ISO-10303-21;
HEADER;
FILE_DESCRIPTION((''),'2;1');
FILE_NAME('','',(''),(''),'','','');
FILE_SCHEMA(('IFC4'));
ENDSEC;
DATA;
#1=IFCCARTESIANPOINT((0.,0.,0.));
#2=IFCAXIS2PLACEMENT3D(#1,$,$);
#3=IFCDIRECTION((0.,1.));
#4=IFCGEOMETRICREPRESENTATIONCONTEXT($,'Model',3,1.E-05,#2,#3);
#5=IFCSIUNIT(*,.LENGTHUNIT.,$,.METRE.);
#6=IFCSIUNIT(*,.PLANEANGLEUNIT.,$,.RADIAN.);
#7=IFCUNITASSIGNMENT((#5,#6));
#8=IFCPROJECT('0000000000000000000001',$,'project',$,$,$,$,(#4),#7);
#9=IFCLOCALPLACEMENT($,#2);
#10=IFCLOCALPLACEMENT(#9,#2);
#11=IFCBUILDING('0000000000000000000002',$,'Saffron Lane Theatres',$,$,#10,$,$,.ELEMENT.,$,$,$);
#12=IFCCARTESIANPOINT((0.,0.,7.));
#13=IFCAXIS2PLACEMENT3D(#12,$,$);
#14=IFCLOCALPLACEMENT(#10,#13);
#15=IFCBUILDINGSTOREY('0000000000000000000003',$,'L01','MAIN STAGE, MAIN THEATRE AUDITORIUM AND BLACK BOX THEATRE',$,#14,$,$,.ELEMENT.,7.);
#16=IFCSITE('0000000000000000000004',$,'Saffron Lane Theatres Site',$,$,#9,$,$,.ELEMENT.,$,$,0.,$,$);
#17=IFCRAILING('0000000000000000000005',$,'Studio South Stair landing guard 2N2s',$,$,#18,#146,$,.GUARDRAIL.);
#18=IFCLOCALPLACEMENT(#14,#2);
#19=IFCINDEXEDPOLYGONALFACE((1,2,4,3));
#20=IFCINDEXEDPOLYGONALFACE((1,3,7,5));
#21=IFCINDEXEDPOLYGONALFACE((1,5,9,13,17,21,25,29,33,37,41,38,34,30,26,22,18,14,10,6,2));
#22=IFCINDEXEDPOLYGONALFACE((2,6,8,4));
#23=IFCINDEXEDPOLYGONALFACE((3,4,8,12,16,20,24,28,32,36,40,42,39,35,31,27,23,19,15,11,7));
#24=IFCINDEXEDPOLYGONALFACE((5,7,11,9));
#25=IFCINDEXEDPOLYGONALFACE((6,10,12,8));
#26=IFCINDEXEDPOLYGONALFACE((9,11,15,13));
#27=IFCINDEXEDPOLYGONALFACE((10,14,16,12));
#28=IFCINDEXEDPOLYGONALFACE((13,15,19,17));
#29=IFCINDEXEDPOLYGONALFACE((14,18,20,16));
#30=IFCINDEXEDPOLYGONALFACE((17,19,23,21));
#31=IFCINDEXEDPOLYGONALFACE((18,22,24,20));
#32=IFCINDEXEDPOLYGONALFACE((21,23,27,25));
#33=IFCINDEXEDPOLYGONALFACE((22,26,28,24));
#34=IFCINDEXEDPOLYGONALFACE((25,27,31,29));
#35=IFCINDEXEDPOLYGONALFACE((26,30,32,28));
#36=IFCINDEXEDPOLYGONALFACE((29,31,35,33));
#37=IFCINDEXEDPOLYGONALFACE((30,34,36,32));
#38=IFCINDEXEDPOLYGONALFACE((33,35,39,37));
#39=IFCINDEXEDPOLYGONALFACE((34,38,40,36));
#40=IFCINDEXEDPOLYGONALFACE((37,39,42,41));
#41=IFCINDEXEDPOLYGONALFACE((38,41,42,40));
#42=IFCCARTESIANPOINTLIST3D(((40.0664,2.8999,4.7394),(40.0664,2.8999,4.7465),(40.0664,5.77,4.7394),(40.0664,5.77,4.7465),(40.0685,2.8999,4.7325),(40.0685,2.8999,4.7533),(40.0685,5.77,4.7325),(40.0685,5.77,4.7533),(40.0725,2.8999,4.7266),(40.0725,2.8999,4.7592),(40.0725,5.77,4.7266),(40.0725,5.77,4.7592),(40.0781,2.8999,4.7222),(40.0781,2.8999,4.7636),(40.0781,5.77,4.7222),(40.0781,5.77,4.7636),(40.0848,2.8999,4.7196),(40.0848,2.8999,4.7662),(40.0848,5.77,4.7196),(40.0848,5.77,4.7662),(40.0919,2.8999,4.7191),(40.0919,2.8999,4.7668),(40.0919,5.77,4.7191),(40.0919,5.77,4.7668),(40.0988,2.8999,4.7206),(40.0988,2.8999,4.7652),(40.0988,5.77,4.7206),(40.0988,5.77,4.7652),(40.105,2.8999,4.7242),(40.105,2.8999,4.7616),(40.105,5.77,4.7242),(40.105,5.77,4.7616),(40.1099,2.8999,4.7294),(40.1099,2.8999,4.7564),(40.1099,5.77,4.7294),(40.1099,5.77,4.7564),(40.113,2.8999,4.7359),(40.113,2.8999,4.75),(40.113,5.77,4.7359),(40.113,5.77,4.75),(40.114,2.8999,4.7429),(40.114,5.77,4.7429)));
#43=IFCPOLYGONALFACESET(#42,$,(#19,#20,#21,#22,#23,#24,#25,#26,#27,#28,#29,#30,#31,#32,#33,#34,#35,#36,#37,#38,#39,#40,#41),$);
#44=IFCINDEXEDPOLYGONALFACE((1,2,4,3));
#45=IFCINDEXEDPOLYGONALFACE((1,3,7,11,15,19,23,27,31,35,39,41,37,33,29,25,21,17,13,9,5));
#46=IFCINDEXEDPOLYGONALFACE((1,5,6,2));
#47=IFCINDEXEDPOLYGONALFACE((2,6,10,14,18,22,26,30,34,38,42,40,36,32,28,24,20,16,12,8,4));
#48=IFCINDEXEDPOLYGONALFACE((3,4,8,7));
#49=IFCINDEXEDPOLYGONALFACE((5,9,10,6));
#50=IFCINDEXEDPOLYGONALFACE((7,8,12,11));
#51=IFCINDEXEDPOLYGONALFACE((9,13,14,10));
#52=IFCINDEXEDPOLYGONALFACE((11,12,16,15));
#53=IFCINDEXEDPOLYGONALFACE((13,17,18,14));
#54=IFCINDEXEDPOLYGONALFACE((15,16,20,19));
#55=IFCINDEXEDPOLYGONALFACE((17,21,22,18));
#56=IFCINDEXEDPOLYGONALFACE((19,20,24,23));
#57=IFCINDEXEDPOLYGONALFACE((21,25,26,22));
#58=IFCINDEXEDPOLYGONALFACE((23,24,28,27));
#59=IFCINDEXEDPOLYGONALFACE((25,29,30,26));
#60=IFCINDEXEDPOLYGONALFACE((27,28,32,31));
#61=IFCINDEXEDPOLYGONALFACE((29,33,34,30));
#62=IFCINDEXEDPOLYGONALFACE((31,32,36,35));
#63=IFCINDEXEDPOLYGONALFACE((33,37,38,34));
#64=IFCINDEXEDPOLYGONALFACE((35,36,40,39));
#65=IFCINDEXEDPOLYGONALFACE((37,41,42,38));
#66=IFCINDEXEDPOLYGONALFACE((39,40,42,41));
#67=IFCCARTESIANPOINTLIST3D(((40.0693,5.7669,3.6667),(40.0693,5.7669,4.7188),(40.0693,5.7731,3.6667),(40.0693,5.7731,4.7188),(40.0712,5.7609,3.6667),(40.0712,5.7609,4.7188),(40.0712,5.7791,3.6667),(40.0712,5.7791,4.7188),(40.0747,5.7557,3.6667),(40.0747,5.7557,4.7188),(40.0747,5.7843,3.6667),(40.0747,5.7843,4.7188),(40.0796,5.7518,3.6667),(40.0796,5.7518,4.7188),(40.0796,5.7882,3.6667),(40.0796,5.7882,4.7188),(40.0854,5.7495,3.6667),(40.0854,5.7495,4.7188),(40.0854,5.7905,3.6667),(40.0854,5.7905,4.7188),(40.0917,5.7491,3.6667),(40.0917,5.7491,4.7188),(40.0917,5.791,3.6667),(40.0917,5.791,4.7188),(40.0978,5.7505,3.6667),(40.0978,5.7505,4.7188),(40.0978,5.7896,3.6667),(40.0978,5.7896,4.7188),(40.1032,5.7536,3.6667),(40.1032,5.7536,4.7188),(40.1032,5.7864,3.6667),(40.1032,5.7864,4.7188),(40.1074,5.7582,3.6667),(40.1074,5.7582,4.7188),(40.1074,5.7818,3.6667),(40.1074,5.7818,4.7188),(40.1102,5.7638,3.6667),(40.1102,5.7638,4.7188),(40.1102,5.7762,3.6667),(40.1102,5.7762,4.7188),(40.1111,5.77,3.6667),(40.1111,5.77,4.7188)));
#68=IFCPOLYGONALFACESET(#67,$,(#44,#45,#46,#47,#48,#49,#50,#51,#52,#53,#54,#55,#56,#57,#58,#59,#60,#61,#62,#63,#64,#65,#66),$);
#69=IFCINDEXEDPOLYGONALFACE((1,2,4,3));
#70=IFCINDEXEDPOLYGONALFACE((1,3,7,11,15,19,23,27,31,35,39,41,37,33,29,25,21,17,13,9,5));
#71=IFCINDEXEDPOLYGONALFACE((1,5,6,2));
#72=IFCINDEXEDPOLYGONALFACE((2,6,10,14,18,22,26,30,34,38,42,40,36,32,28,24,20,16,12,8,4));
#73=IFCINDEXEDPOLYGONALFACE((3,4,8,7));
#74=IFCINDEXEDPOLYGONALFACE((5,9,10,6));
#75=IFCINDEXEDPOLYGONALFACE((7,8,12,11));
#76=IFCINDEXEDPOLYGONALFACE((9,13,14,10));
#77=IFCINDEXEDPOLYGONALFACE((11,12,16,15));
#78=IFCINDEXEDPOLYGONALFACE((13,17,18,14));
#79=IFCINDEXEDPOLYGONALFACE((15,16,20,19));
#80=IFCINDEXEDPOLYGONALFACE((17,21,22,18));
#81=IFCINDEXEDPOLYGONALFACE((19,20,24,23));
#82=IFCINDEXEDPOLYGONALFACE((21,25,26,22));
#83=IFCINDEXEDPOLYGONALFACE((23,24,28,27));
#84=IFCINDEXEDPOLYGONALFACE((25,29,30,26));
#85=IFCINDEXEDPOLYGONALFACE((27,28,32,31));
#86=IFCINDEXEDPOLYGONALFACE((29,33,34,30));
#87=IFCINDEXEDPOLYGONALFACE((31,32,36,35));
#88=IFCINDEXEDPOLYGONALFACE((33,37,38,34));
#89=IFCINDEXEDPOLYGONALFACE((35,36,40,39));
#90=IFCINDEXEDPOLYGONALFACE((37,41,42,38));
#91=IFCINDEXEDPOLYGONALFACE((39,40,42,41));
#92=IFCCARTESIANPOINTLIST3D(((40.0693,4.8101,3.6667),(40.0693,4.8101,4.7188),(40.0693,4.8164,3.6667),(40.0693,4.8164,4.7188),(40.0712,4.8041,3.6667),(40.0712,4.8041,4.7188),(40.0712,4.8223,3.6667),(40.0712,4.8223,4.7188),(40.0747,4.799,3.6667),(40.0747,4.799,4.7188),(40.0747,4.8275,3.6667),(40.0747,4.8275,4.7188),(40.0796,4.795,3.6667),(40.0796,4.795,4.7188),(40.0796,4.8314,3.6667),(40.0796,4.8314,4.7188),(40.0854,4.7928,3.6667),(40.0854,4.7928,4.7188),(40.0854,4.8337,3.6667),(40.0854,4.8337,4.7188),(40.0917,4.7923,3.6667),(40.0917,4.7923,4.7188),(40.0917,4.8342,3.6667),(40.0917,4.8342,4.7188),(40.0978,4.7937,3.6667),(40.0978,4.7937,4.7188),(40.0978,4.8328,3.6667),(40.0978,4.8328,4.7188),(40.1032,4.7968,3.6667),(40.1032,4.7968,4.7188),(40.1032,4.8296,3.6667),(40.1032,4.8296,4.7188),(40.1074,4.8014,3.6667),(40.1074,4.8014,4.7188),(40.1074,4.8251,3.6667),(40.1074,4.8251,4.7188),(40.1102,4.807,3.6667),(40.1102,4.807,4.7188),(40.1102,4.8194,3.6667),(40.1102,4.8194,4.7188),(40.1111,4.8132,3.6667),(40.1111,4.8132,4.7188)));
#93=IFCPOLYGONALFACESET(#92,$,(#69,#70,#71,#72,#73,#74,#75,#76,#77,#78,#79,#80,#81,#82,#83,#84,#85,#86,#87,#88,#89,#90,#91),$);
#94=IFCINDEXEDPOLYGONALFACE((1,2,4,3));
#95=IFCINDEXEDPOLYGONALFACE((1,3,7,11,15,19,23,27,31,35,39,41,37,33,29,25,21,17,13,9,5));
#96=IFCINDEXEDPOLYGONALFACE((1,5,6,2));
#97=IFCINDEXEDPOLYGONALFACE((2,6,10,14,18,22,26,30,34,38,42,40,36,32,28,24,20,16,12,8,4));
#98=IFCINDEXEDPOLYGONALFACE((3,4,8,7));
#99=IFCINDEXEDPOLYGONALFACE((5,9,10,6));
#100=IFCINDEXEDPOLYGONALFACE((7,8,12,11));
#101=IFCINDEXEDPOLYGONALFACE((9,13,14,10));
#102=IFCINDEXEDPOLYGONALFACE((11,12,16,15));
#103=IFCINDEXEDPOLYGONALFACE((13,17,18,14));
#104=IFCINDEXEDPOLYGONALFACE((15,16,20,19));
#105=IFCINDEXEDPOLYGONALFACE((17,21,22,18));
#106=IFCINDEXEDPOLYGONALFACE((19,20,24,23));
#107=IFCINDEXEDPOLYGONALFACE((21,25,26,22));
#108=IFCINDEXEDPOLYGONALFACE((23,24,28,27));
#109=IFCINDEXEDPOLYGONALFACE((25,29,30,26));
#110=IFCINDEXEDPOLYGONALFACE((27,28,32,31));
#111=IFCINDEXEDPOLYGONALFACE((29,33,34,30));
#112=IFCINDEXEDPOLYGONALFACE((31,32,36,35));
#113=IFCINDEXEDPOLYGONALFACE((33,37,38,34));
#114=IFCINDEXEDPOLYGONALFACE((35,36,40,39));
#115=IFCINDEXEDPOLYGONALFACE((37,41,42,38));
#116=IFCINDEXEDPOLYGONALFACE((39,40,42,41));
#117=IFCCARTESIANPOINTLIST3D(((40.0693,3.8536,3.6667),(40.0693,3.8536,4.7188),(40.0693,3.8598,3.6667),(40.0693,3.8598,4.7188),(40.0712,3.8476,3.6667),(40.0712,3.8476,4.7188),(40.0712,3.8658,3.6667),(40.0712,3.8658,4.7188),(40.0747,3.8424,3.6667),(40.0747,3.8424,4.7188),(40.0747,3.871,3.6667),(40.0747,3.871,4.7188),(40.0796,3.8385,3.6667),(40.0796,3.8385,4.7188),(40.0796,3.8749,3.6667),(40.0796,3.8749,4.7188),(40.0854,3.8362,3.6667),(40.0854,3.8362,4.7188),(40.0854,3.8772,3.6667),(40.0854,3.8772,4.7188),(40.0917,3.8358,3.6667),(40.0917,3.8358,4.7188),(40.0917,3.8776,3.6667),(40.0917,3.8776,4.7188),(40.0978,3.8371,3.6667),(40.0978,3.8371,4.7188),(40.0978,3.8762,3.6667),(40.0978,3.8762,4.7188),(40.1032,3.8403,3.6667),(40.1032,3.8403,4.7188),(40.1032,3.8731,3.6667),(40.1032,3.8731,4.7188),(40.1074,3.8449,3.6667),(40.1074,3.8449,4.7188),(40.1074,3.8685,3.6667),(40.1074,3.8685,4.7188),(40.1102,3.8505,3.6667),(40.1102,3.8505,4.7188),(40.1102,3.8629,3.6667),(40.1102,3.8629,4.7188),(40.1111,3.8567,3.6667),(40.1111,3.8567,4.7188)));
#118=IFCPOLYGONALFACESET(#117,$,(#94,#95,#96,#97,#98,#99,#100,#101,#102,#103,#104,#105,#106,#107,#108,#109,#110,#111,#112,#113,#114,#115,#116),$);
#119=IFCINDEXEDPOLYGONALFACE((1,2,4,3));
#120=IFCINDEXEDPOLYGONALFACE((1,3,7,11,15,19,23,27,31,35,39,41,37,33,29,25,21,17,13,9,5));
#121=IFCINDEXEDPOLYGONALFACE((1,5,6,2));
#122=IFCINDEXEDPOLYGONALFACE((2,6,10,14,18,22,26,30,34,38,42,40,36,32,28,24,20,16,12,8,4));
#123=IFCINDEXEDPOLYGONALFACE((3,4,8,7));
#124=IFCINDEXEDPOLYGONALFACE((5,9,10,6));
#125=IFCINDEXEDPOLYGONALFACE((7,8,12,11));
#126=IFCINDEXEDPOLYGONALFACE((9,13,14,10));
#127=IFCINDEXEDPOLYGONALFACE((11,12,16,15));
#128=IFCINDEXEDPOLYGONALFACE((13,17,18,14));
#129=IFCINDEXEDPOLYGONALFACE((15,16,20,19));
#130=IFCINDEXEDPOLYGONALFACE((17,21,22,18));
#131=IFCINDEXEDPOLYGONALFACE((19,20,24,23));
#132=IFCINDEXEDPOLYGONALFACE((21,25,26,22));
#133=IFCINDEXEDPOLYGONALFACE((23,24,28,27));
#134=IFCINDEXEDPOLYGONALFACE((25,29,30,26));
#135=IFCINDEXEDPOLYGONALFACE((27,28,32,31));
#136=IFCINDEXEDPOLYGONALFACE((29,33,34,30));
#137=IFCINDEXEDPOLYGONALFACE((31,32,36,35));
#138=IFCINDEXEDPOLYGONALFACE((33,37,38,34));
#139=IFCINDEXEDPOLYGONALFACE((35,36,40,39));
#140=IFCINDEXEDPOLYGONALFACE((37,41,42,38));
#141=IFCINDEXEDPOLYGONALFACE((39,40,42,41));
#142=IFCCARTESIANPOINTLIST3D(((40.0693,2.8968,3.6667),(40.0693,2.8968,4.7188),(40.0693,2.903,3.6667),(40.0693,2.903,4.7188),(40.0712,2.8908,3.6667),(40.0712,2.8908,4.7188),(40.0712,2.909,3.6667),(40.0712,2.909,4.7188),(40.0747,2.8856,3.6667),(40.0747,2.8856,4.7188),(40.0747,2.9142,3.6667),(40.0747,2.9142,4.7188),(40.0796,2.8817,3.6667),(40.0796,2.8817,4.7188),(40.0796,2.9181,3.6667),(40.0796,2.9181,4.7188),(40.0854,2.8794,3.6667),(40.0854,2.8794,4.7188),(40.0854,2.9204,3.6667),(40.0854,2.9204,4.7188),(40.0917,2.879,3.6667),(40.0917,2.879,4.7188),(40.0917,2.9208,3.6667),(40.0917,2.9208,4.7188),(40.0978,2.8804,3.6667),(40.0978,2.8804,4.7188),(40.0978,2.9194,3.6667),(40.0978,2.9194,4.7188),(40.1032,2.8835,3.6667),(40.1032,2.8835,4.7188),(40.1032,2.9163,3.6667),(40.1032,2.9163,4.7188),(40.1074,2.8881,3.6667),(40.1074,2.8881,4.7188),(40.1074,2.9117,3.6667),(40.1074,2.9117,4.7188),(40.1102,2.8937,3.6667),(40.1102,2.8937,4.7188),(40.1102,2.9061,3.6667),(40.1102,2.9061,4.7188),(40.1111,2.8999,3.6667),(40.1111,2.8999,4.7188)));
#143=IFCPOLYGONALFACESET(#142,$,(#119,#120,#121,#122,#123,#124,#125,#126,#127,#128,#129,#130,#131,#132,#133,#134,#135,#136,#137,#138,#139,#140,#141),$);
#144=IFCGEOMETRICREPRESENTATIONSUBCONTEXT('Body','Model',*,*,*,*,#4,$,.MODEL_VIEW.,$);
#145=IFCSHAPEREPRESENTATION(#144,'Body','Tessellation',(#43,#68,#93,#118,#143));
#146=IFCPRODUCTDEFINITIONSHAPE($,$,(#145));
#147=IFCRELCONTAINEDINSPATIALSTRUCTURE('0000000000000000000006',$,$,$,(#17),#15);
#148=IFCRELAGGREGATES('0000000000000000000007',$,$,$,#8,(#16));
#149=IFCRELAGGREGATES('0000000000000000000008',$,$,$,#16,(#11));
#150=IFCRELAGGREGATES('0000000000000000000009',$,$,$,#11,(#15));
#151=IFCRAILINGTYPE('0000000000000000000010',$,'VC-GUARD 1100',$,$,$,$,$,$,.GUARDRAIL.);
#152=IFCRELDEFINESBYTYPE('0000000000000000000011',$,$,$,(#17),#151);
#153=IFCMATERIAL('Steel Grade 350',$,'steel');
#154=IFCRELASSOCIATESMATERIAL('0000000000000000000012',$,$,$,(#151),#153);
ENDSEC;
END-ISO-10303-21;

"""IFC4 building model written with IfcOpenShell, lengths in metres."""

from ifc_helpers import new_model, si_unit, direction, frame, origin, origin_2d, place, context, subcontext, project, spatial, circle, extrude, material, type_object, element, save


model = new_model("IFC4")

# Units and contexts
model_context = context("Model", 3, precision=1e-05, world=origin(), true_north=direction((0.0, 1.0)))
body_context = subcontext(model_context, "Body", "Model", "MODEL_VIEW")
ifc_project = project(units=[si_unit("LENGTHUNIT", "METRE"), si_unit("PLANEANGLEUNIT", "RADIAN")], contexts=[model_context])

# Site, building, storey
site_placement = place(None, origin())
site = spatial("IfcSite", under=ifc_project, at=site_placement, Name="Saffron Lane Theatres Site", CompositionType="ELEMENT", RefElevation=0.0)
building_placement = place(site_placement, origin())
building = spatial("IfcBuilding", under=site, at=building_placement, Name="Saffron Lane Theatres", CompositionType="ELEMENT")
storey_placement = place(building_placement, frame((0.0, 0.0, 7.0)))
storey = spatial("IfcBuildingStorey", under=building, at=storey_placement, Name="L01", Description="MAIN STAGE, MAIN THEATRE AUDITORIUM AND BLACK BOX THEATRE", CompositionType="ELEMENT", Elevation=7.0)

# Railing
ifc_material_1 = material(Name="Steel Grade 350", Category="steel")
railing_type_1 = type_object("IfcRailingType", Name="VC-GUARD 1100", PredefinedType="GUARDRAIL", material=ifc_material_1)
railing_1_placement = place(storey_placement, frame((40.0901, 5.77, 3.6667)))
element("IfcRailing", 1, at=railing_1_placement, inside=storey, type_object=railing_type_1, Name="Studio South Stair landing guard 2N2s", PredefinedType="GUARDRAIL", context=body_context, shape_type="SweptSolid", body=[
    extrude(circle(Radius=0.0239, at=origin_2d()), frame((0.0, 0.0, 1.0762), z_axis=(0.0, -1.0, 0.0), x_axis=(1.0, 0.0, 0.0)), (0.0, 0.0, 1.0), 2.8701),
    extrude(circle(Radius=0.021, at=origin_2d()), origin(), (0.0, 0.0, 1.0), 1.052),
    extrude(circle(Radius=0.021, at=origin_2d()), frame((0.0, -0.9568, 0.0)), (0.0, 0.0, 1.0), 1.052),
    extrude(circle(Radius=0.021, at=origin_2d()), frame((0.0, -1.9133, 0.0)), (0.0, 0.0, 1.0), 1.052),
    extrude(circle(Radius=0.021, at=origin_2d()), frame((0.0, -2.8701, 0.0)), (0.0, 0.0, 1.0), 1.052),
])

save(model, "model.ifc")
